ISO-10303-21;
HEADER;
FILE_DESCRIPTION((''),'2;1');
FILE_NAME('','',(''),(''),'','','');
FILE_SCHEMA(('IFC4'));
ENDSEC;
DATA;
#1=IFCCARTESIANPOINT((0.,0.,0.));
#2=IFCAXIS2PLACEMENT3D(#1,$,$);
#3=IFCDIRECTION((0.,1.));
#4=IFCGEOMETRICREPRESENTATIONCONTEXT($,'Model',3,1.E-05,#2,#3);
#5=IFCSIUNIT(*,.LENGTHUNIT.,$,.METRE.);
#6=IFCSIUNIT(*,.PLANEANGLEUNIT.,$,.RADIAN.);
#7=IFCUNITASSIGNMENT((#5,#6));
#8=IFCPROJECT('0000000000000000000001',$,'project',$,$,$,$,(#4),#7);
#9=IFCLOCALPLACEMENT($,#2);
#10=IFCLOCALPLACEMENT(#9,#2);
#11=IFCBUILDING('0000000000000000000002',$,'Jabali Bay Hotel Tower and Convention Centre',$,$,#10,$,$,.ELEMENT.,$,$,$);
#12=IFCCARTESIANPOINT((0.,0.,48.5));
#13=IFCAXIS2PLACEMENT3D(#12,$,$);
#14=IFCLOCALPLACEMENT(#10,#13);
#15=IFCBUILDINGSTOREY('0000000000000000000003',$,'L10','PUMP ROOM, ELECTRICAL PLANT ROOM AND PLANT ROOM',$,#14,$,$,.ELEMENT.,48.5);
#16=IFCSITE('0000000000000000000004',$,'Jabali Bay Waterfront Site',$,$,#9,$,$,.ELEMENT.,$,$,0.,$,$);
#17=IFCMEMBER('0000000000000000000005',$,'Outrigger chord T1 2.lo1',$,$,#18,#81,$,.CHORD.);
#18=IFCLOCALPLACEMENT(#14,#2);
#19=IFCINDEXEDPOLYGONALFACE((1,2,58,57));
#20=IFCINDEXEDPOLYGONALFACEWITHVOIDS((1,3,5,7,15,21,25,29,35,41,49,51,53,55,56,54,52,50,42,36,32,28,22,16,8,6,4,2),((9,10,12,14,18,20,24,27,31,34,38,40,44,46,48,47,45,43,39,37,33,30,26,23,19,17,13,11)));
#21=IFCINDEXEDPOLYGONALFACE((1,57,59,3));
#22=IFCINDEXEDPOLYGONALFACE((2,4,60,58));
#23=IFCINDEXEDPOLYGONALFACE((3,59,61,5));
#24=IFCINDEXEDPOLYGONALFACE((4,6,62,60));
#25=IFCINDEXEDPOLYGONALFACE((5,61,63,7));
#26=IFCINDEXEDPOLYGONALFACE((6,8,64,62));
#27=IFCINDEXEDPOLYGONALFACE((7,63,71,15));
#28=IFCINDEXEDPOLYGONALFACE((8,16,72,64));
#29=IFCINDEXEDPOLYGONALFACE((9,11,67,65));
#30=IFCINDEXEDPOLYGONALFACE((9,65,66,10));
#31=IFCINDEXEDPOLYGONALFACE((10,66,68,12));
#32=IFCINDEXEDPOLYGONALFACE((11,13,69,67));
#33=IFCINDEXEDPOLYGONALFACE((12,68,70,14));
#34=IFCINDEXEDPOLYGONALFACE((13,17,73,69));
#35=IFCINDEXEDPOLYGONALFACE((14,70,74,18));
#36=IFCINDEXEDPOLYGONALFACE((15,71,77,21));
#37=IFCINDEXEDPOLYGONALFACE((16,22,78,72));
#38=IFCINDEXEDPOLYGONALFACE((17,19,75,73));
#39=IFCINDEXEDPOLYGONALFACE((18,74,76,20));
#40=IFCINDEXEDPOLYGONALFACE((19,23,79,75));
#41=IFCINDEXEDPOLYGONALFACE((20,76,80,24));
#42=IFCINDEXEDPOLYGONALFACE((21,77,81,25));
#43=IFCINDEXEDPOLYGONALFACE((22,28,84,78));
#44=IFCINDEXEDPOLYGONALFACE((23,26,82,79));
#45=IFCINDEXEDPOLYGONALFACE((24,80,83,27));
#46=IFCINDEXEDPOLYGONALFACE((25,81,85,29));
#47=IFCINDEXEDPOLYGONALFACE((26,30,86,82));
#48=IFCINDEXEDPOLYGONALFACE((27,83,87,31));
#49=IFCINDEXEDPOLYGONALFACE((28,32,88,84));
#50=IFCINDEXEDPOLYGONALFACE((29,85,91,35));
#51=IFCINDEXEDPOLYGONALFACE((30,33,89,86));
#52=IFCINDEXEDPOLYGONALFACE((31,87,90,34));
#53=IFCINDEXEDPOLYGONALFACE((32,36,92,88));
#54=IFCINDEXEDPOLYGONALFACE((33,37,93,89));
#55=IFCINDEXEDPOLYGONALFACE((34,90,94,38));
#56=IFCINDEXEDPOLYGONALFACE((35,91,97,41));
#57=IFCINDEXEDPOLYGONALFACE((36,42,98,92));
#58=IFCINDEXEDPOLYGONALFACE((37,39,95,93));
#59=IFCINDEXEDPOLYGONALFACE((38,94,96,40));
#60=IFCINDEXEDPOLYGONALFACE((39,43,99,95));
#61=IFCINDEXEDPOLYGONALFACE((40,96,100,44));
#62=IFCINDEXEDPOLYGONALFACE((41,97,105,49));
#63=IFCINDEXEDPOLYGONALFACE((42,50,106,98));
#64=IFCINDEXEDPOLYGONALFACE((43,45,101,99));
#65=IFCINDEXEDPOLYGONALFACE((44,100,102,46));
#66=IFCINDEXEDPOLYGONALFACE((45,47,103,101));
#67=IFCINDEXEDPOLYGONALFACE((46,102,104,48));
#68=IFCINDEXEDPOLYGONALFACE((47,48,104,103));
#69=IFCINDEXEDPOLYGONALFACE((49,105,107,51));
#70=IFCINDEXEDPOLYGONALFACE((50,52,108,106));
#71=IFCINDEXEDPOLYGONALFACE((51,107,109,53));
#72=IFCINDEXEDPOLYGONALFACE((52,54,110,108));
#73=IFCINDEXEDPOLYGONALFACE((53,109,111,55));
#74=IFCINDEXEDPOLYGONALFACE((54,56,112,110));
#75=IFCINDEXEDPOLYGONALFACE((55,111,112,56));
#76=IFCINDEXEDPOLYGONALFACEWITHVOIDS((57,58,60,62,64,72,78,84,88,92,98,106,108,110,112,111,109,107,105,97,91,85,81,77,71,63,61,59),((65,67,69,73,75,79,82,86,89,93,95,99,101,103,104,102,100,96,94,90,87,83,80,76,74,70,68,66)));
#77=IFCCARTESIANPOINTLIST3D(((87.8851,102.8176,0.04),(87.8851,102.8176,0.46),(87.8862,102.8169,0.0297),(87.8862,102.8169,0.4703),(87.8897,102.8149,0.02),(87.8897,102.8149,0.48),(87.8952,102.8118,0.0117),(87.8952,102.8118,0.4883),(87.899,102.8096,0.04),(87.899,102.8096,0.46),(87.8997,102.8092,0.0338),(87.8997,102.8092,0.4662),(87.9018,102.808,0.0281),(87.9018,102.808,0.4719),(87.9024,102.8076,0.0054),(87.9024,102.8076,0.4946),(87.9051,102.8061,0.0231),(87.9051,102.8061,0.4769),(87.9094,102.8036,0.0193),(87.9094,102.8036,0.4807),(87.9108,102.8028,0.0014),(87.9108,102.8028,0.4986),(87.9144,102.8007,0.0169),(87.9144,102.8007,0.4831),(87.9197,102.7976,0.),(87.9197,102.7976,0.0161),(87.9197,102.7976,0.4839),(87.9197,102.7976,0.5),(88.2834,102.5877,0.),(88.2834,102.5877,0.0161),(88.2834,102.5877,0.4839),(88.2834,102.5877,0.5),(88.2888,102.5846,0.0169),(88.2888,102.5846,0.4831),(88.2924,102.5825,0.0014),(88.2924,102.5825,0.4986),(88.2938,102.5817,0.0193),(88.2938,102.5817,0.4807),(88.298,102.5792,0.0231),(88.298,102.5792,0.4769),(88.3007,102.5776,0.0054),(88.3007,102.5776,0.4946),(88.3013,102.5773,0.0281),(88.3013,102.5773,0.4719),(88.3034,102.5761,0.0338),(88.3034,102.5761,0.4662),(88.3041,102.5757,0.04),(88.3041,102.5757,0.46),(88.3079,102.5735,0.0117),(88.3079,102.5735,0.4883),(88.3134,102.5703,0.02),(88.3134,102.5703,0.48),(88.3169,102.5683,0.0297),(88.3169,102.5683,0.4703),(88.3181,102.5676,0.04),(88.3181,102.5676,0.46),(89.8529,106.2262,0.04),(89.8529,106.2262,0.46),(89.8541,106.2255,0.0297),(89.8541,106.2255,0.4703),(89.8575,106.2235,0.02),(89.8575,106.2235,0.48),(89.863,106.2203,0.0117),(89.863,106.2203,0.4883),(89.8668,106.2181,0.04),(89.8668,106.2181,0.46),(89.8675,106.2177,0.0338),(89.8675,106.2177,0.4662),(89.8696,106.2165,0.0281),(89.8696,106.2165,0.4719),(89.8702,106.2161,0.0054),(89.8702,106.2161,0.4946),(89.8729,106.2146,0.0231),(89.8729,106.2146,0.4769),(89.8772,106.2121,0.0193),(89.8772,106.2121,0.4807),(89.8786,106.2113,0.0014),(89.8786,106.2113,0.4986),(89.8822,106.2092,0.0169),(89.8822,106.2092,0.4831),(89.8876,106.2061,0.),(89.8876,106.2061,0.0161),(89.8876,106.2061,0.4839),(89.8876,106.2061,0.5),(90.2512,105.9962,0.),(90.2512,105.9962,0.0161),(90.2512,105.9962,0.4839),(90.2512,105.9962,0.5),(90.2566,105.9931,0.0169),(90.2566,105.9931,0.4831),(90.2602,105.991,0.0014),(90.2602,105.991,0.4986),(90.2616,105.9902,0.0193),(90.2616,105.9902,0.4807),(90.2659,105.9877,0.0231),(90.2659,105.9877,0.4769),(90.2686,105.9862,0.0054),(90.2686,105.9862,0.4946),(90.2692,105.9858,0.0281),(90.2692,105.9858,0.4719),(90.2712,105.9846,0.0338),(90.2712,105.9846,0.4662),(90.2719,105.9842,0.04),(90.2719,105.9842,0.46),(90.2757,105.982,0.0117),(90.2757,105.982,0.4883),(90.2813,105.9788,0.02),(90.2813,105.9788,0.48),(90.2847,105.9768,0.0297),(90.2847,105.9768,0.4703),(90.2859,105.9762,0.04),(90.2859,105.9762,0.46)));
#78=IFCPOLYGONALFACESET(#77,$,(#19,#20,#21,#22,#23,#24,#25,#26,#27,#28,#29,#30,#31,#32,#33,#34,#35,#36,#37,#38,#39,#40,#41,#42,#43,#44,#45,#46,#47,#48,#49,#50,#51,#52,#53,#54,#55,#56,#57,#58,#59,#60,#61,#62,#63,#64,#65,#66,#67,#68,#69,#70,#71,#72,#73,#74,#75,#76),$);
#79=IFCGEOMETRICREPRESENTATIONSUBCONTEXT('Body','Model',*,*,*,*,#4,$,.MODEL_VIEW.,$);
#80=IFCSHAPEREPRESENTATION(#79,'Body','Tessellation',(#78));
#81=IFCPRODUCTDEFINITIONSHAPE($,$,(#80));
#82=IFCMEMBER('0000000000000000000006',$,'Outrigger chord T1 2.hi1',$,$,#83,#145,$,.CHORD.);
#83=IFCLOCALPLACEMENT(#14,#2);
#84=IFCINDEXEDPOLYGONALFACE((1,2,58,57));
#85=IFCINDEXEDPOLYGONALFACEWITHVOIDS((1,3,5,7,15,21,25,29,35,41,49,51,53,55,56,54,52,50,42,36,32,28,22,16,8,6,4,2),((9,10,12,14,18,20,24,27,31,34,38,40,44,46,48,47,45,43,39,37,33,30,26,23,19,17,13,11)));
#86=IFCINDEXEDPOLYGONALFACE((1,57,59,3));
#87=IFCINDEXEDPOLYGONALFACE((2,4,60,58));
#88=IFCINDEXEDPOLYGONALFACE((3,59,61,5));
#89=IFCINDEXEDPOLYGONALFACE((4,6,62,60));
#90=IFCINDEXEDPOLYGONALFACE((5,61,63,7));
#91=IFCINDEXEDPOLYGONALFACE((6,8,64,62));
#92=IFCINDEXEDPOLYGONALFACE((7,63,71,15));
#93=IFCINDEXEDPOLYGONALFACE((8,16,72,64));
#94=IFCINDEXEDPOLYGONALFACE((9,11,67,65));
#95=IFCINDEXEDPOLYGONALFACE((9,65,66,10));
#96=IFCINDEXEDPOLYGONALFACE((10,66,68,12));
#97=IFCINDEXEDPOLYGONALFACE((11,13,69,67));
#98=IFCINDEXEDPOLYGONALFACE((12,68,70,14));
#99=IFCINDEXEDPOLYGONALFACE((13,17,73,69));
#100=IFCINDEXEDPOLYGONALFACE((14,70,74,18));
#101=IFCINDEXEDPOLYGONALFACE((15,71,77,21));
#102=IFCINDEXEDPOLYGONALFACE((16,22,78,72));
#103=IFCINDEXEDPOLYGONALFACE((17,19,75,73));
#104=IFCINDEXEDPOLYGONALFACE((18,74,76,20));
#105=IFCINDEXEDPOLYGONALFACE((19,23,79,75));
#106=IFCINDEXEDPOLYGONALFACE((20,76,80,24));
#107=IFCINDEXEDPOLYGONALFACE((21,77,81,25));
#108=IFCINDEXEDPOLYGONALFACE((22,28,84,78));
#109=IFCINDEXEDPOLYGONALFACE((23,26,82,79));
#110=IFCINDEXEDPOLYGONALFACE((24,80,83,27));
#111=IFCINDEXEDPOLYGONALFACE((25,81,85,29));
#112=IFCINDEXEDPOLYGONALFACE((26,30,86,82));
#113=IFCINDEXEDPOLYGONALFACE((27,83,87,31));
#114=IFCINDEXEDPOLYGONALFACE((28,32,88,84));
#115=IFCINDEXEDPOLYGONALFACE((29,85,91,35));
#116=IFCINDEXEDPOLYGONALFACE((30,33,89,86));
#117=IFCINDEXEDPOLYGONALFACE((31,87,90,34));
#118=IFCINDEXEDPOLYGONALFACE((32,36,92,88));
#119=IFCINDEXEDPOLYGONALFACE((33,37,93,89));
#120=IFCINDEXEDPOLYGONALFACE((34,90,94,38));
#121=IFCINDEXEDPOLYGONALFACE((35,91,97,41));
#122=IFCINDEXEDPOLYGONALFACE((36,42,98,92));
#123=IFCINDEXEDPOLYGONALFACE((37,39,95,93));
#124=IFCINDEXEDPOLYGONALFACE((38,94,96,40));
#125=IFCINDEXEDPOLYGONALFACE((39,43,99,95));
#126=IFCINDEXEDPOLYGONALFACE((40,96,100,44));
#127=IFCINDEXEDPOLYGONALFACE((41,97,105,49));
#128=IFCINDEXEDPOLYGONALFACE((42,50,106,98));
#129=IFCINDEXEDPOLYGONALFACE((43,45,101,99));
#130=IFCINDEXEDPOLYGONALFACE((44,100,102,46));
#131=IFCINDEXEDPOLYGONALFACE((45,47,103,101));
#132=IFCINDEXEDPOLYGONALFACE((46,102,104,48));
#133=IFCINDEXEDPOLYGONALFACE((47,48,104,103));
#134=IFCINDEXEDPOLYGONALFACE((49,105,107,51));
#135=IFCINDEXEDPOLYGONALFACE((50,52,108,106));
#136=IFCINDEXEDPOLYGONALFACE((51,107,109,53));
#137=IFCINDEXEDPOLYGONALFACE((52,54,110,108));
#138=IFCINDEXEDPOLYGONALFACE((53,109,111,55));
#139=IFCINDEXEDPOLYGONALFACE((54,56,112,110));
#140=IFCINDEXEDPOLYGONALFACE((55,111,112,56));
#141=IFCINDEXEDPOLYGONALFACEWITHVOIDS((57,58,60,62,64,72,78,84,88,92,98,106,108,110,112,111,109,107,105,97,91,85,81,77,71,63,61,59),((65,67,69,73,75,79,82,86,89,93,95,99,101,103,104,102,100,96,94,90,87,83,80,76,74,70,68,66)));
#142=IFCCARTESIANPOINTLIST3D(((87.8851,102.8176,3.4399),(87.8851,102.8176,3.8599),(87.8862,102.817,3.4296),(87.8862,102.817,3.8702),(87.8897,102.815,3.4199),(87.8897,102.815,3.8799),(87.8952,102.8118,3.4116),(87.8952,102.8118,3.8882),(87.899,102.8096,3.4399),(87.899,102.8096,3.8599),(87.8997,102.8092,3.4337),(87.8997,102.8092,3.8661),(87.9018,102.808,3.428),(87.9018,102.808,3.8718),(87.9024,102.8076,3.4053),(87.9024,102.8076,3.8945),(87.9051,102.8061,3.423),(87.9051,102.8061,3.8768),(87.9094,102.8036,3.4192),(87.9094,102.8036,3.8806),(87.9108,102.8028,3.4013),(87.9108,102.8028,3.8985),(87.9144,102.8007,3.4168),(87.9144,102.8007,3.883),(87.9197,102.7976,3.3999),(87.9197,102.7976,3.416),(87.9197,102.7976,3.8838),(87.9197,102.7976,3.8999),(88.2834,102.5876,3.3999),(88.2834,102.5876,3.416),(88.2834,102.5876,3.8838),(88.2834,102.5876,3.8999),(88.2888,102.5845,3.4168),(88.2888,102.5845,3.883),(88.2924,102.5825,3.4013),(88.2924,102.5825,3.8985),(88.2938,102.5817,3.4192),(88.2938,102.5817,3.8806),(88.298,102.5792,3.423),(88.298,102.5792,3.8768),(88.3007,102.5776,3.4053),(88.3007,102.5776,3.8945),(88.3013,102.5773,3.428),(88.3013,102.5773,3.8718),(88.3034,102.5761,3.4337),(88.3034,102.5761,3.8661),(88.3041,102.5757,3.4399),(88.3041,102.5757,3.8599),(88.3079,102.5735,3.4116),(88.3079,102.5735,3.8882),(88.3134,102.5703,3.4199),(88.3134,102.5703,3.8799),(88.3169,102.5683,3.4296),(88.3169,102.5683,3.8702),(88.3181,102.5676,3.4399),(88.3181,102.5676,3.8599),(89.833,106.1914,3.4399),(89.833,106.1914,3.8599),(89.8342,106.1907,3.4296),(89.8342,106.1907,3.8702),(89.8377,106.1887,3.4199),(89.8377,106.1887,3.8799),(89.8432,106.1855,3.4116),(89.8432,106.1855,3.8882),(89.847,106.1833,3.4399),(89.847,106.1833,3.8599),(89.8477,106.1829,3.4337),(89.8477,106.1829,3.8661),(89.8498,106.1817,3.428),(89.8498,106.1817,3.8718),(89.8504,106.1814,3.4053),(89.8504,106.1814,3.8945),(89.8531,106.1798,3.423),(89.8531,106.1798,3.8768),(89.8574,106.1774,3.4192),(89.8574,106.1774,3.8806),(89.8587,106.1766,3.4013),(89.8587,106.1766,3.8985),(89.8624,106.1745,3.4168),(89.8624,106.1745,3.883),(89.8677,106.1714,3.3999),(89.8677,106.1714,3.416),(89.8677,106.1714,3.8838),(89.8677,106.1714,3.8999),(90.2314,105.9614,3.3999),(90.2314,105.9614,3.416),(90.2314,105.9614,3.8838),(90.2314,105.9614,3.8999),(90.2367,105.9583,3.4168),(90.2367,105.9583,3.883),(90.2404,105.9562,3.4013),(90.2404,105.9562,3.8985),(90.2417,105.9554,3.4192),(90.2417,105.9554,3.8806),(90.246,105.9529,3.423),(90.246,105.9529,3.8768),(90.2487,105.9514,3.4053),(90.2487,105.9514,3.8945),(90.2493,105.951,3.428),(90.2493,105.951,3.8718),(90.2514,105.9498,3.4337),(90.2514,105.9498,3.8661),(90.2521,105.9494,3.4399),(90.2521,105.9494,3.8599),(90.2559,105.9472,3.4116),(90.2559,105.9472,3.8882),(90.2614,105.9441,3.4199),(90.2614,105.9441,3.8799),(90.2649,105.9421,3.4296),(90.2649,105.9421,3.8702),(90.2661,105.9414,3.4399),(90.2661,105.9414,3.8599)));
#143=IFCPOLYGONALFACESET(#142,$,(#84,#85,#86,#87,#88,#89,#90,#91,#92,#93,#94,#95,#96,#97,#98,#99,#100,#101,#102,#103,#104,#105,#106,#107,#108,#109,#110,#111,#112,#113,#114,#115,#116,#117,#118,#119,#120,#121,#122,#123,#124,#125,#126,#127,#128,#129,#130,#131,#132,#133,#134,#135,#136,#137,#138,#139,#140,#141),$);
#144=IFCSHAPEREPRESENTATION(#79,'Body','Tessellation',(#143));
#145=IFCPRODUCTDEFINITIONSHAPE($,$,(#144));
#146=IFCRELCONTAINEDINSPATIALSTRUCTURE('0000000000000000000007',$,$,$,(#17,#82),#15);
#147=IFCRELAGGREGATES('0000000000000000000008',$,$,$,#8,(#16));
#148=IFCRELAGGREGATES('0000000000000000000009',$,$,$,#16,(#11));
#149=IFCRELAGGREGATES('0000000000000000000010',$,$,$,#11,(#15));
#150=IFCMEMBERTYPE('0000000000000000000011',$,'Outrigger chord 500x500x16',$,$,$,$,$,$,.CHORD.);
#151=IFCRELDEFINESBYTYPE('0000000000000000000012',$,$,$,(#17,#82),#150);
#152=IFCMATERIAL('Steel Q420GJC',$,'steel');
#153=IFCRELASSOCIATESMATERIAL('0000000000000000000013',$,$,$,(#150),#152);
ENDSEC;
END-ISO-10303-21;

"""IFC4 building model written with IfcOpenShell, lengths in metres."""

from ifc_helpers import new_model, si_unit, direction, frame, origin, origin_2d, place, context, subcontext, project, spatial, hollow_rectangle, extrude, material, material_profile, profile_set, type_object, element, save


model = new_model("IFC4")

# Units and contexts
model_context = context("Model", 3, precision=1e-05, world=origin(), true_north=direction((0.0, 1.0)))
body_context = subcontext(model_context, "Body", "Model", "MODEL_VIEW")
ifc_project = project(units=[si_unit("LENGTHUNIT", "METRE"), si_unit("PLANEANGLEUNIT", "RADIAN")], contexts=[model_context])

# Site, building, storey
site_placement = place(None, origin())
site = spatial("IfcSite", under=ifc_project, at=site_placement, Name="Jabali Bay Waterfront Site", CompositionType="ELEMENT", RefElevation=0.0)
building_placement = place(site_placement, origin())
building = spatial("IfcBuilding", under=site, at=building_placement, Name="Jabali Bay Hotel Tower and Convention Centre", CompositionType="ELEMENT")
storey_placement = place(building_placement, frame((0.0, 0.0, 48.5)))
storey = spatial("IfcBuildingStorey", under=building, at=storey_placement, Name="L10", Description="PUMP ROOM, ELECTRICAL PLANT ROOM AND PLANT ROOM", CompositionType="ELEMENT", Elevation=48.5)

# Members
ifc_material_1 = material(Name="Steel Q420GJC", Category="steel")
ifc_material_profile_1 = material_profile(ifc_material_1, hollow_rectangle(XDim=0.5, YDim=0.5, WallThickness=0.0161, InnerFilletRadius=0.0239, OuterFilletRadius=0.04, at=origin_2d()), Name="Outrigger chord 500x500x16")
ifc_profile_set_1 = profile_set([ifc_material_profile_1], Name="Steel Q420GJC")
member_type_1 = type_object("IfcMemberType", Name="Outrigger chord 500x500x16", PredefinedType="CHORD", material=ifc_profile_set_1)
member_1_placement = place(storey_placement, frame((88.1016, 102.6926, 0.25), z_axis=(0.499982, 0.866036, 0.0), x_axis=(-0.866036, 0.499982, 0.0)))
element("IfcMember", 1, at=member_1_placement, inside=storey, type_object=member_type_1, Name="Outrigger chord T1 2.lo1", PredefinedType="CHORD", context=body_context, shape_type="SweptSolid", body=[
    extrude(hollow_rectangle(XDim=0.5, YDim=0.5, WallThickness=0.0161, InnerFilletRadius=0.0239, OuterFilletRadius=0.04, at=origin_2d()), origin(), (0.0, 0.0, 1.0), 3.9358),
])
for number, where, z_axis, x_axis, name in (
    (2, (88.1016, 102.6926, 3.6499), (0.500028, 0.866009, 0.0), (-0.866009, 0.500028, 0.0), "Outrigger chord T1 2.hi1"),
):
    element("IfcMember", number, at=place(storey_placement, frame(where, z_axis=z_axis, x_axis=x_axis)), inside=storey, type_object=member_type_1, Name=name, PredefinedType="CHORD", context=body_context, shape_type="SweptSolid", body=[
        extrude(hollow_rectangle(XDim=0.5, YDim=0.5, WallThickness=0.0161, InnerFilletRadius=0.0239, OuterFilletRadius=0.04, at=origin_2d()), origin(), (0.0, 0.0, 1.0), 3.8958),
    ])

save(model, "model.ifc")
